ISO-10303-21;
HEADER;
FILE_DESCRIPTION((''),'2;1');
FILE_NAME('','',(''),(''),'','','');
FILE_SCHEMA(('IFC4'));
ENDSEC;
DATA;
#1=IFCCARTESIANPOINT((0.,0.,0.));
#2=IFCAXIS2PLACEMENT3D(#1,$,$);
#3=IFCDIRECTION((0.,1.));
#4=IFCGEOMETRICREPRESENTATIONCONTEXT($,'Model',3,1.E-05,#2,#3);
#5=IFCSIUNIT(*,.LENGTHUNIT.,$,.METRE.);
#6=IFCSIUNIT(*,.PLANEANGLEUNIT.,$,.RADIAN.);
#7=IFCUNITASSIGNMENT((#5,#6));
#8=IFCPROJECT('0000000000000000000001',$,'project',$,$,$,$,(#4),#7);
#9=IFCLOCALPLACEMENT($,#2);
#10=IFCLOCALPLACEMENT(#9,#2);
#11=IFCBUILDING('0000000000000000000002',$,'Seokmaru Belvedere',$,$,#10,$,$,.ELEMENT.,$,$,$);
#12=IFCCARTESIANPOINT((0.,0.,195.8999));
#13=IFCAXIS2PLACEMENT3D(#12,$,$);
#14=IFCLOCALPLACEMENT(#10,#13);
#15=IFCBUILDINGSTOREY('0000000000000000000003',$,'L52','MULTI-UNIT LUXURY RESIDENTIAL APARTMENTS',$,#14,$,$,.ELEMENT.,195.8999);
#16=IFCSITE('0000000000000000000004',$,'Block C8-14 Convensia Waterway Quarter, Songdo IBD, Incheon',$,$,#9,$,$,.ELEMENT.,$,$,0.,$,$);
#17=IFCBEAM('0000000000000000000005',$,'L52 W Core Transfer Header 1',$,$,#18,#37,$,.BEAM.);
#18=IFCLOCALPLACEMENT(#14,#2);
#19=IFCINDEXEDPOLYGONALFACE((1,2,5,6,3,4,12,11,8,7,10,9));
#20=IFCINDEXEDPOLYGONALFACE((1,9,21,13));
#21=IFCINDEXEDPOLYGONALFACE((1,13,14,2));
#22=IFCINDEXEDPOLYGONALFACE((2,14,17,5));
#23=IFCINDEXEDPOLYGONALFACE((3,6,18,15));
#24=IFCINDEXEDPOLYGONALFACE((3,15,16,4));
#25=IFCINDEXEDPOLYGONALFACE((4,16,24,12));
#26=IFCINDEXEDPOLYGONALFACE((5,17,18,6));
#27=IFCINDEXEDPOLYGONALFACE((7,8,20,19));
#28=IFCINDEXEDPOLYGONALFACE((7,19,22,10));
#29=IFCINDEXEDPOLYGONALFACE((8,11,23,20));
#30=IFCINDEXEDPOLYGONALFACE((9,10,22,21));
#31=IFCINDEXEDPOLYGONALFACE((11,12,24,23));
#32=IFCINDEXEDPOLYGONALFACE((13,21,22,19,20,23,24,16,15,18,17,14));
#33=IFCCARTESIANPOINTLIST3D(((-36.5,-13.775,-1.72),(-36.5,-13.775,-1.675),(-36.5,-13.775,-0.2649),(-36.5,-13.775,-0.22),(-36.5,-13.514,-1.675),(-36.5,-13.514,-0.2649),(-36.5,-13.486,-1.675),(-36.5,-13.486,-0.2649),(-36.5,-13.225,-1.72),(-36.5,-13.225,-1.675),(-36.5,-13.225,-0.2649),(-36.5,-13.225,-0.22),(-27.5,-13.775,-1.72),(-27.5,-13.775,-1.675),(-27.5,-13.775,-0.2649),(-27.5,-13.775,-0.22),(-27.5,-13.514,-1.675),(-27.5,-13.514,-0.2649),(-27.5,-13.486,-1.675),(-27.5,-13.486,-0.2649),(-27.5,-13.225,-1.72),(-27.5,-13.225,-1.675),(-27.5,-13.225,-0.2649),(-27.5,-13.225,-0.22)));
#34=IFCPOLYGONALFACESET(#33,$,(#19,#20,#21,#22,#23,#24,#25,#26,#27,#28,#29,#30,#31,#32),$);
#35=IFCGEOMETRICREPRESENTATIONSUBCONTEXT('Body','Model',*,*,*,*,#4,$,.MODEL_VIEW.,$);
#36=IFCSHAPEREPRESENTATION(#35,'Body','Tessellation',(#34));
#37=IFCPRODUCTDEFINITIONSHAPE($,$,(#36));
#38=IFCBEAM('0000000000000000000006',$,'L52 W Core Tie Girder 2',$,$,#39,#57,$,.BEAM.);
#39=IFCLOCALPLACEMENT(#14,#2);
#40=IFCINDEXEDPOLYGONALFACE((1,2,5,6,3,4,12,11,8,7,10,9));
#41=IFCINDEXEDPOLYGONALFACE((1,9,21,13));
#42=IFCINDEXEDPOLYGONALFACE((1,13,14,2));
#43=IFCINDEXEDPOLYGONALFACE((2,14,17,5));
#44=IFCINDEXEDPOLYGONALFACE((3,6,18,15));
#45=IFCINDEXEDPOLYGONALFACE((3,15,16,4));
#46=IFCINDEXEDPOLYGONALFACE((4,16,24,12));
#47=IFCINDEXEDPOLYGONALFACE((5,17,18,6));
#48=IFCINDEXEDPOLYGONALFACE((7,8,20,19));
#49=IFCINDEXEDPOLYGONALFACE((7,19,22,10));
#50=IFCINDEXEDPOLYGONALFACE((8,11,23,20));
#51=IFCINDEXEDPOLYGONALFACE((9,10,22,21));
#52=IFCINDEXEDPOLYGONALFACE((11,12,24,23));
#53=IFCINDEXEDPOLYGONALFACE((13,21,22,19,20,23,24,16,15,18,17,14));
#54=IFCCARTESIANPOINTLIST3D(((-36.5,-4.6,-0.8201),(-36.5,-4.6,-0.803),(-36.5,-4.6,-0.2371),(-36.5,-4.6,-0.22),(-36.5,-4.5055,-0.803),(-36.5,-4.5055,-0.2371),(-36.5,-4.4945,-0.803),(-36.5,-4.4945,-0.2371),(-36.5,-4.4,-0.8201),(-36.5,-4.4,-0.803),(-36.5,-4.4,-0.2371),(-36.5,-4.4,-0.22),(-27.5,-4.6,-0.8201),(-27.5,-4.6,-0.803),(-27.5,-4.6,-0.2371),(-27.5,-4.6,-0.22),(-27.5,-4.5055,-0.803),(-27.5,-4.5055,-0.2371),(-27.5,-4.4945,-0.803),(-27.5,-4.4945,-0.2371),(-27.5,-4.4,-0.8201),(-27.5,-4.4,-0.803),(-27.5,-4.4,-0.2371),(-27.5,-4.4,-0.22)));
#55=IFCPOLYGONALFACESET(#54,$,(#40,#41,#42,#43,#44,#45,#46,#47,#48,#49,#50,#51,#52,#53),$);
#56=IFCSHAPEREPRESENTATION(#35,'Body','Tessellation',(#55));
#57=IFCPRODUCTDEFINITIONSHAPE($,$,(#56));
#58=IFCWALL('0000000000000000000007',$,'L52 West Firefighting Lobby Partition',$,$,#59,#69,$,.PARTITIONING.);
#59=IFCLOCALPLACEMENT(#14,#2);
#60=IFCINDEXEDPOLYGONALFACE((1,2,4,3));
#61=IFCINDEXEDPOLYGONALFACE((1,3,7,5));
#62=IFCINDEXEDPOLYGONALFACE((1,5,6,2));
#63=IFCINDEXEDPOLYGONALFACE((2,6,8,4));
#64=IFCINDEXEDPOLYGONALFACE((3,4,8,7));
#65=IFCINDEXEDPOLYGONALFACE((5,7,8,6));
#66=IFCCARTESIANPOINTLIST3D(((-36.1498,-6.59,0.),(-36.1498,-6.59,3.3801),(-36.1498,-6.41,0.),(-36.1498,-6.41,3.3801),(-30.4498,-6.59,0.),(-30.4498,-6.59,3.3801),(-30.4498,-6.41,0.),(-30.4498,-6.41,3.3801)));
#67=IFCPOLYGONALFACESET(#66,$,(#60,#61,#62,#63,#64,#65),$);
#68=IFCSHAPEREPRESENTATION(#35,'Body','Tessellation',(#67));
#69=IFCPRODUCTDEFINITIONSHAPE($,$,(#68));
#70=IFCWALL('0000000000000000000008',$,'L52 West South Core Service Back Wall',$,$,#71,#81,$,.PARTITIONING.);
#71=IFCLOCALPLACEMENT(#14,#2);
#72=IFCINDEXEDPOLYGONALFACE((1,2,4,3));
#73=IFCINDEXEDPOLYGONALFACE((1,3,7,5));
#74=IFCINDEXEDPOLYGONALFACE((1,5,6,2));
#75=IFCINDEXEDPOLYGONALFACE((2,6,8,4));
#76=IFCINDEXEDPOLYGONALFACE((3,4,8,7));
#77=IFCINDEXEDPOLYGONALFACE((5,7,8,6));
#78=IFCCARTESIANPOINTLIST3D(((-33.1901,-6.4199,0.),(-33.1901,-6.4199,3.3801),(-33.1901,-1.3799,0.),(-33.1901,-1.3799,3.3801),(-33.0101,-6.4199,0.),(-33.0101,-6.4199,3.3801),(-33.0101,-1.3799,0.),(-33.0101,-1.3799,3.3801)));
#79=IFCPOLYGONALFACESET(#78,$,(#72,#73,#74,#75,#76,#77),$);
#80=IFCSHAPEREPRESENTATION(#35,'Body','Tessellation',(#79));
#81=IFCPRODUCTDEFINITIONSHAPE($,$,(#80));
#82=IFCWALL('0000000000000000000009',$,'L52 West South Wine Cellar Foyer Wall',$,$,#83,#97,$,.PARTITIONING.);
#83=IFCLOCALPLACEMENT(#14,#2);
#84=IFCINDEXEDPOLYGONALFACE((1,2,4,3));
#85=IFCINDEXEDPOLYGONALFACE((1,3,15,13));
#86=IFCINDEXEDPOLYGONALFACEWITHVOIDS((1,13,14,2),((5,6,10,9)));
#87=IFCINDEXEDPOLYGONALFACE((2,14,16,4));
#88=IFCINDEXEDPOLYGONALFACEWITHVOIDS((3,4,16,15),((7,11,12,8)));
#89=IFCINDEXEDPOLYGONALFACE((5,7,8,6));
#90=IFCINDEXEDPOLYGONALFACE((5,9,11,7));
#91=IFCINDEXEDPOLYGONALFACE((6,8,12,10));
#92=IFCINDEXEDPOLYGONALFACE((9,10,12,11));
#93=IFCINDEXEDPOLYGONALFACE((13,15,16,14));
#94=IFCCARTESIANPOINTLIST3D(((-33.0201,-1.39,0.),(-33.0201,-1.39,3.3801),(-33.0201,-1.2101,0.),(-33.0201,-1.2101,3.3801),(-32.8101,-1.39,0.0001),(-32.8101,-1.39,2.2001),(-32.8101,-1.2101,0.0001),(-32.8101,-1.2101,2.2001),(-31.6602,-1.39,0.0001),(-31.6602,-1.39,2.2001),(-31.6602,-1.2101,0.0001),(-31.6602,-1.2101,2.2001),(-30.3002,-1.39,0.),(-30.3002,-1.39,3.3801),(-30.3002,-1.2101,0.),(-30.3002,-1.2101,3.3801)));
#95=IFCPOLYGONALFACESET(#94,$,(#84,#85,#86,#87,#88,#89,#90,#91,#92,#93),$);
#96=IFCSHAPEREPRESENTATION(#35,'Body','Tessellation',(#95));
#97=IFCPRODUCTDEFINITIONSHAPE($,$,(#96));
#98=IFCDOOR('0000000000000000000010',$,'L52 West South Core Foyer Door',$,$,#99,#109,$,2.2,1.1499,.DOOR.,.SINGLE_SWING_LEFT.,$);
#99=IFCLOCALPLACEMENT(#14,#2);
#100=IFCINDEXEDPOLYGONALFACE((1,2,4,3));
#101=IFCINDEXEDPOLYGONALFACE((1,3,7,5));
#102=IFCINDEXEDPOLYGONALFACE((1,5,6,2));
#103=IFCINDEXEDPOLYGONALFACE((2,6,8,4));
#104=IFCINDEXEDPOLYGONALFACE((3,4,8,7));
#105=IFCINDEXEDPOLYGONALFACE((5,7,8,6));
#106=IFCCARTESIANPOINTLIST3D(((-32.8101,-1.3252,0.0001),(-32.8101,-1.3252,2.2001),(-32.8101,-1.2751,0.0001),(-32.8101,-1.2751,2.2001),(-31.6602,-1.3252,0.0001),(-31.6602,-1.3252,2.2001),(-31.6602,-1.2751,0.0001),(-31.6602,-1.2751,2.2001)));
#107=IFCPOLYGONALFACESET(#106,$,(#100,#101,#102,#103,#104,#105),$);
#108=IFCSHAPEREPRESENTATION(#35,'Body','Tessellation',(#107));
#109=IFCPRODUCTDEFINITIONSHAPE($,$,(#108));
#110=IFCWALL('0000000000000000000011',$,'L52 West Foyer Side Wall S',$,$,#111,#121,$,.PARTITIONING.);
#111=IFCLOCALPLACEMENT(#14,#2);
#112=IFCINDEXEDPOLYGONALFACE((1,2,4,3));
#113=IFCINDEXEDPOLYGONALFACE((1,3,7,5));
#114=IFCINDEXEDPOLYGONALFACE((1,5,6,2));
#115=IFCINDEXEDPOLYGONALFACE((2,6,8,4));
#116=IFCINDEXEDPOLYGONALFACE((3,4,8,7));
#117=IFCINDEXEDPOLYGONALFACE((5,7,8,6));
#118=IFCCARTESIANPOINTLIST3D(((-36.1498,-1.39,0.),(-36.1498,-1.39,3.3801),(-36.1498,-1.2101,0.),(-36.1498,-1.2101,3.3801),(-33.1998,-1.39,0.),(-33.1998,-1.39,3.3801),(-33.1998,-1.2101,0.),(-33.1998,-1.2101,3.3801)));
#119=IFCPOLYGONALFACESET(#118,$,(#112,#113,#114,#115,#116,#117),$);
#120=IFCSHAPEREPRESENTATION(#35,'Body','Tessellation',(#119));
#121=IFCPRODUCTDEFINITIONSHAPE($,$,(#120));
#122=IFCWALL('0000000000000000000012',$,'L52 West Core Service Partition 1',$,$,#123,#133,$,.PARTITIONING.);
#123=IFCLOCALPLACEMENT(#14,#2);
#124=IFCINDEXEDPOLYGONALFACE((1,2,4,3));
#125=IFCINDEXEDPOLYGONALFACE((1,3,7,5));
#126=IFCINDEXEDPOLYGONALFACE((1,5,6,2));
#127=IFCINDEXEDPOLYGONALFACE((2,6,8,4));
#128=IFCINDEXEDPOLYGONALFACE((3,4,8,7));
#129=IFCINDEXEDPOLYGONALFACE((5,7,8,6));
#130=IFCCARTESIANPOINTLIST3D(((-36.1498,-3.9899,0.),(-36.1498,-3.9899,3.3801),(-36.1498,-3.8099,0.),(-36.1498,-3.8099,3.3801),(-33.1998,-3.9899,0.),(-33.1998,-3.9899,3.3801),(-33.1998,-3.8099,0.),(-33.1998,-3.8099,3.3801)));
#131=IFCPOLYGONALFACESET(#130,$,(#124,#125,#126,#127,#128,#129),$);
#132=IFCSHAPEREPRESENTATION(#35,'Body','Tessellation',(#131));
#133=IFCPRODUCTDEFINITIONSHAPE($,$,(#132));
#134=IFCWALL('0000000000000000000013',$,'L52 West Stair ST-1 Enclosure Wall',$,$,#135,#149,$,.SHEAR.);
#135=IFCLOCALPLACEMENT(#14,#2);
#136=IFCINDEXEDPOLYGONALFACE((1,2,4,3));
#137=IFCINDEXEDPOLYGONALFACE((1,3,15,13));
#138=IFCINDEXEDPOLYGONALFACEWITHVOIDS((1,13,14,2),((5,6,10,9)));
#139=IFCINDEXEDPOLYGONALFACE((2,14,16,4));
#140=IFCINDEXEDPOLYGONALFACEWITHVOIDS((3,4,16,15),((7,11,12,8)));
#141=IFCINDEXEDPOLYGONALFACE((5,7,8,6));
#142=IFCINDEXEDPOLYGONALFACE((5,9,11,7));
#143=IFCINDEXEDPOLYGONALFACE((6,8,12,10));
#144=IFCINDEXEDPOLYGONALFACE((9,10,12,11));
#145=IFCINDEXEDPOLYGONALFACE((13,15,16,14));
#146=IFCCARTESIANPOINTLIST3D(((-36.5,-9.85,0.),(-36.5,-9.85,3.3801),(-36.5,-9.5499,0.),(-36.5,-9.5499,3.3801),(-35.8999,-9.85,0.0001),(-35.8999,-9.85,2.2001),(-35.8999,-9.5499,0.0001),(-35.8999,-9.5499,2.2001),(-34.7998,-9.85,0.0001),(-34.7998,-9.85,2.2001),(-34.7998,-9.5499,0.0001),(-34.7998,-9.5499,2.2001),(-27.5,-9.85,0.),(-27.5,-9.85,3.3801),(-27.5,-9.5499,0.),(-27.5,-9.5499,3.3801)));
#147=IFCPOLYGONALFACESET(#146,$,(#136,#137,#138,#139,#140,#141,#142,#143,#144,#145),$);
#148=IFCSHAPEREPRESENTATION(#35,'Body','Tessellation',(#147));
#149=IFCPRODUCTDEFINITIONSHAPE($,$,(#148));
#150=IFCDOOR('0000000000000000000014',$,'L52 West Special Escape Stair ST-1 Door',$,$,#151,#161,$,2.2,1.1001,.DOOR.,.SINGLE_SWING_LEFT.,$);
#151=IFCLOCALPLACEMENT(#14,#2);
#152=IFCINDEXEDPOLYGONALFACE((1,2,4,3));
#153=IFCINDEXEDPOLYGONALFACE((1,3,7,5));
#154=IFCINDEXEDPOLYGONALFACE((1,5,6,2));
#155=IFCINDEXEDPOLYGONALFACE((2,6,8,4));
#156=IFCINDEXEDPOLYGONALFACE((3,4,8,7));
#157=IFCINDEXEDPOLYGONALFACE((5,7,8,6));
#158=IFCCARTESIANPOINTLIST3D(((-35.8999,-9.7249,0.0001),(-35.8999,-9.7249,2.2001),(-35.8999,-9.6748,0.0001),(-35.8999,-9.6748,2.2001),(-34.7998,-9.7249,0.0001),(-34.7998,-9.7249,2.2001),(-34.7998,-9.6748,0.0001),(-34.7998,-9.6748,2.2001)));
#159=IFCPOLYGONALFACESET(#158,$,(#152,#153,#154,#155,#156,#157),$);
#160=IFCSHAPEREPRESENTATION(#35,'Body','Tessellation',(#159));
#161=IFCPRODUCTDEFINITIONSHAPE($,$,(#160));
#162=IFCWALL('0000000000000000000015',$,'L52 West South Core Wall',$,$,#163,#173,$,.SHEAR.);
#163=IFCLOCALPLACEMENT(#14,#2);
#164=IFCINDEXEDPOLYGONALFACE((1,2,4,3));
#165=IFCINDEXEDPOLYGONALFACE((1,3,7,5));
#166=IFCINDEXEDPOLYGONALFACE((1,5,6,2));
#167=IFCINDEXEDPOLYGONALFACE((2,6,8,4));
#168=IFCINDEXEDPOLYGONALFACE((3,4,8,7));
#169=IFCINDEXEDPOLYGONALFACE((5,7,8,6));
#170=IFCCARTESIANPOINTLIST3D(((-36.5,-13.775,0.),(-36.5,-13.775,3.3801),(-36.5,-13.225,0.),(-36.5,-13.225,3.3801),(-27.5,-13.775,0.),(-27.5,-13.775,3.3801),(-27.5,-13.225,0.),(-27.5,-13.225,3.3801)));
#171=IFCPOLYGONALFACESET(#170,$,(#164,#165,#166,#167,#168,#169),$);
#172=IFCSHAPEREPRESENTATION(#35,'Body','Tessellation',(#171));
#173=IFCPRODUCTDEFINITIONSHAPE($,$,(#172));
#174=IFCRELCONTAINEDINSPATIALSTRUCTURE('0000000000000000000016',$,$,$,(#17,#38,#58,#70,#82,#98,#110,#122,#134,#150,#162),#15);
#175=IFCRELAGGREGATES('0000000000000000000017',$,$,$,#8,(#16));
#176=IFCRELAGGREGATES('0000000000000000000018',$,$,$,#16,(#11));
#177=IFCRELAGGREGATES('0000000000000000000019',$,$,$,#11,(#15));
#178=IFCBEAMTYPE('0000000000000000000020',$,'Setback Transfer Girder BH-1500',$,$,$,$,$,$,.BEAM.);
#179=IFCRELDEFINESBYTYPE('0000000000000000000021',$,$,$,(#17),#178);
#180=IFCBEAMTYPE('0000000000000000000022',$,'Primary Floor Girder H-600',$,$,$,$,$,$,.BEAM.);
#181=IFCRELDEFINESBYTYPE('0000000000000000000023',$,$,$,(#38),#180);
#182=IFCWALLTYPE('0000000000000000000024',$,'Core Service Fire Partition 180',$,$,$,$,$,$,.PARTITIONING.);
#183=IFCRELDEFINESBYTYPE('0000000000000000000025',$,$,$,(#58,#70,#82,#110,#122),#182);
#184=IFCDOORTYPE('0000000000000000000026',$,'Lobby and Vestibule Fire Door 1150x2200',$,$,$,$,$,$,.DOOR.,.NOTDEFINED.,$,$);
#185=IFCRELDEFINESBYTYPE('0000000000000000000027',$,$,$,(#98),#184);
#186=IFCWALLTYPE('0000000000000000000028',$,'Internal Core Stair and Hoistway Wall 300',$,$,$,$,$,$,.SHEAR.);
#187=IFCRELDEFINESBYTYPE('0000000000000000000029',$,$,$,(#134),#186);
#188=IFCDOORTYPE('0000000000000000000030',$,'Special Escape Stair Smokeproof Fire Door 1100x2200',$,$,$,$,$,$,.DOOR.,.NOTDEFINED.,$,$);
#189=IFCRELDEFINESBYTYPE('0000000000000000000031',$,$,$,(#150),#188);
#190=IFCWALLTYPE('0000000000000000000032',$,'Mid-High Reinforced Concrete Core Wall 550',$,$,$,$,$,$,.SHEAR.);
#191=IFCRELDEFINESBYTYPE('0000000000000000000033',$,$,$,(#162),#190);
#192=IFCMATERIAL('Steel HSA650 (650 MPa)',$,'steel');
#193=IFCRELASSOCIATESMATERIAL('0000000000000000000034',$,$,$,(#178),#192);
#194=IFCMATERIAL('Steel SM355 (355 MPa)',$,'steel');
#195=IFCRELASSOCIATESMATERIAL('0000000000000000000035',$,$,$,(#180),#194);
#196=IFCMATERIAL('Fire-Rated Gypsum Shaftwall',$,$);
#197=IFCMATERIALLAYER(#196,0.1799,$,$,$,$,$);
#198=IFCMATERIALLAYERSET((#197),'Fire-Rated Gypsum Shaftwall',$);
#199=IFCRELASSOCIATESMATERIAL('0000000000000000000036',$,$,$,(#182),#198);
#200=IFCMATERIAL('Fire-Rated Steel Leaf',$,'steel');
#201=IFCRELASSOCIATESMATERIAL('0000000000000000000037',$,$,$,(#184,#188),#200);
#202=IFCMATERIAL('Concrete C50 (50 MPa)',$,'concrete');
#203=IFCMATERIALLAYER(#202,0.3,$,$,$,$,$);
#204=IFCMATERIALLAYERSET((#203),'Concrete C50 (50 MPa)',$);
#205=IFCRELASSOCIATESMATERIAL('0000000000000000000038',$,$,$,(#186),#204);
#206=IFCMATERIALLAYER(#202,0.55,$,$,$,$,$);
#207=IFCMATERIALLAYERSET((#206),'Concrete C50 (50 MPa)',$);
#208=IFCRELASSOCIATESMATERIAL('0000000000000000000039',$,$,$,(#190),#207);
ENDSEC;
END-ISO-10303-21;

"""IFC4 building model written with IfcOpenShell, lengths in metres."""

from ifc_helpers import new_model, si_unit, direction, frame, frame_2d, origin, origin_2d, place, context, subcontext, project, spatial, rectangle, i_section, extrude, source, transform, mapped, material, layer, layer_set, material_profile, profile_set, type_object, type_shapes, element, fill, save


model = new_model("IFC4")

# Units and contexts
model_context = context("Model", 3, precision=1e-05, world=origin(), true_north=direction((0.0, 1.0)))
body_context = subcontext(model_context, "Body", "Model", "MODEL_VIEW")
ifc_project = project(units=[si_unit("LENGTHUNIT", "METRE"), si_unit("PLANEANGLEUNIT", "RADIAN")], contexts=[model_context])

# Site, building, storey
site_placement = place(None, origin())
site = spatial("IfcSite", under=ifc_project, at=site_placement, Name="Block C8-14 Convensia Waterway Quarter, Songdo IBD, Incheon", CompositionType="ELEMENT", RefElevation=0.0)
building_placement = place(site_placement, origin())
building = spatial("IfcBuilding", under=site, at=building_placement, Name="Seokmaru Belvedere", CompositionType="ELEMENT")
storey_placement = place(building_placement, frame((0.0, 0.0, 195.8999)))
storey = spatial("IfcBuildingStorey", under=building, at=storey_placement, Name="L52", Description="MULTI-UNIT LUXURY RESIDENTIAL APARTMENTS", CompositionType="ELEMENT", Elevation=195.8999)

# Beams
ifc_material_1 = material(Name="Steel HSA650 (650 MPa)", Category="steel")
ifc_material_profile_1 = material_profile(ifc_material_1, i_section(OverallWidth=0.55, OverallDepth=1.5, WebThickness=0.0281, FlangeThickness=0.0449, at=origin_2d()), Name="BH-1500x550x28x45")
ifc_profile_set_1 = profile_set([ifc_material_profile_1], Name="Steel HSA650 (650 MPa)")
beam_type_1 = type_object("IfcBeamType", Name="Setback Transfer Girder BH-1500", PredefinedType="BEAM", material=ifc_profile_set_1)
shared_shape_1 = source(origin(), body_context, "Body", "SweptSolid", [
    extrude(i_section(OverallWidth=0.55, OverallDepth=1.5, WebThickness=0.0281, FlangeThickness=0.0449, at=origin_2d()), origin(), (0.0, 0.0, 1.0), 9.0),
])
type_shapes(beam_type_1, [shared_shape_1])
beam_1_placement = place(storey_placement, frame((-36.5, -13.5, -0.97), z_axis=(1.0, 0.0, 0.0), x_axis=(0.0, 1.0, 0.0)))
element("IfcBeam", 1, at=beam_1_placement, inside=storey, type_object=beam_type_1, Name="L52 W Core Transfer Header 1", PredefinedType="BEAM", context=body_context, shape_type="MappedRepresentation", body=[
    mapped(shared_shape_1, transform((0.0, 0.0, 0.0), scale=1.0)),
])
ifc_material_2 = material(Name="Steel SM355 (355 MPa)", Category="steel")
ifc_material_profile_2 = material_profile(ifc_material_2, i_section(OverallWidth=0.2, OverallDepth=0.6001, WebThickness=0.011, FlangeThickness=0.0171, at=origin_2d()), Name="H-600x200x11x17")
ifc_profile_set_2 = profile_set([ifc_material_profile_2], Name="Steel SM355 (355 MPa)")
beam_type_2 = type_object("IfcBeamType", Name="Primary Floor Girder H-600", PredefinedType="BEAM", material=ifc_profile_set_2)
shared_shape_2 = source(origin(), body_context, "Body", "SweptSolid", [
    extrude(i_section(OverallWidth=0.2, OverallDepth=0.6001, WebThickness=0.011, FlangeThickness=0.0171, at=origin_2d()), origin(), (0.0, 0.0, 1.0), 9.0),
])
type_shapes(beam_type_2, [shared_shape_2])
beam_2_placement = place(storey_placement, frame((-36.5, -4.5, -0.52), z_axis=(1.0, 0.0, 0.0), x_axis=(0.0, 1.0, 0.0)))
element("IfcBeam", 2, at=beam_2_placement, inside=storey, type_object=beam_type_2, Name="L52 W Core Tie Girder 2", PredefinedType="BEAM", context=body_context, shape_type="MappedRepresentation", body=[
    mapped(shared_shape_2, transform((0.0, 0.0, 0.0), scale=1.0)),
])

# Walls
ifc_material_3 = material(Name="Fire-Rated Gypsum Shaftwall")
ifc_layer_1 = layer(ifc_material_3, 0.1799)
ifc_layer_set_1 = layer_set([ifc_layer_1], Name="Fire-Rated Gypsum Shaftwall")
wall_type_1 = type_object("IfcWallType", Name="Core Service Fire Partition 180", PredefinedType="PARTITIONING", material=ifc_layer_set_1)
wall_1_placement = place(storey_placement, frame((-36.1499, -6.5, 0.0), z_axis=(0.0, 0.0, 1.0), x_axis=(1.0, 0.0, 0.0)))
element("IfcWall", 3, at=wall_1_placement, inside=storey, type_object=wall_type_1, Name="L52 West Firefighting Lobby Partition", PredefinedType="PARTITIONING", context=body_context, shape_type="SweptSolid", body=[
    extrude(rectangle(XDim=5.7, YDim=0.1799, at=frame_2d((2.8501, 0.0))), origin(), (0.0, 0.0, 1.0), 3.3801),
])
wall_2_placement = place(storey_placement, frame((-33.1001, -6.4199, 0.0), z_axis=(0.0, 0.0, 1.0), x_axis=(0.0, 1.0, 0.0)))
element("IfcWall", 4, at=wall_2_placement, inside=storey, type_object=wall_type_1, Name="L52 West South Core Service Back Wall", PredefinedType="PARTITIONING", context=body_context, shape_type="SweptSolid", body=[
    extrude(rectangle(XDim=5.04, YDim=0.1799, at=frame_2d((2.52, 0.0))), origin(), (0.0, 0.0, 1.0), 3.3801),
])

# Wall, opening, door
wall_3_placement = place(storey_placement, frame((-33.02, -1.3, 0.0), z_axis=(0.0, 0.0, 1.0), x_axis=(1.0, 0.0, 0.0)))
wall_3 = element("IfcWall", 5, at=wall_3_placement, inside=storey, type_object=wall_type_1, Name="L52 West South Wine Cellar Foyer Wall", PredefinedType="PARTITIONING", context=body_context, shape_type="SweptSolid", body=[
    extrude(rectangle(XDim=2.72, YDim=0.1799, at=frame_2d((1.3599, 0.0))), origin(), (0.0, 0.0, 1.0), 3.3801),
])
opening_1_placement = place(wall_3_placement, frame((0.21, 0.0, 0.0)))
opening_1 = element("IfcOpeningElement", 6, at=opening_1_placement, cuts=wall_3, PredefinedType="OPENING", context=body_context, shape_type="SweptSolid", body=[
    extrude(rectangle(XDim=1.1499, YDim=2.2, at=frame_2d((0.575, 1.1001))), frame((0.0, 0.1001, 0.0), z_axis=(0.0, -1.0, 0.0), x_axis=(1.0, 0.0, 0.0)), (0.0, 0.0, 1.0), 0.2),
])
ifc_material_4 = material(Name="Fire-Rated Steel Leaf", Category="steel")
door_type_1 = type_object("IfcDoorType", Name="Lobby and Vestibule Fire Door 1150x2200", OperationType="NOTDEFINED", PredefinedType="DOOR", material=ifc_material_4)
shared_shape_3 = source(origin(), body_context, "Body", "SweptSolid", [
    extrude(rectangle(XDim=1.1499, YDim=2.2, at=frame_2d((0.575, 1.1001))), frame((0.0, 0.0249, 0.0), z_axis=(0.0, -1.0, 0.0), x_axis=(1.0, 0.0, 0.0)), (0.0, 0.0, 1.0), 0.05),
])
type_shapes(door_type_1, [shared_shape_3])
door_1_placement = place(opening_1_placement, origin())
door_1 = element("IfcDoor", 7, at=door_1_placement, inside=storey, type_object=door_type_1, Name="L52 West South Core Foyer Door", OperationType="SINGLE_SWING_LEFT", OverallHeight=2.2, OverallWidth=1.1499, PredefinedType="DOOR", context=body_context, shape_type="MappedRepresentation", body=[
    mapped(shared_shape_3, transform((0.0, 0.0, 0.0), scale=1.0)),
])
fill(opening_1, door_1)

# Walls
for number, where, z_axis, x_axis, name in (
    (8, (-36.1499, -1.3, 0.0), (0.0, 0.0, 1.0), (1.0, 0.0, 0.0), "L52 West Foyer Side Wall S"),
    (9, (-36.1499, -3.8999, 0.0), (0.0, 0.0, 1.0), (1.0, 0.0, 0.0), "L52 West Core Service Partition 1"),
):
    element("IfcWall", number, at=place(storey_placement, frame(where, z_axis=z_axis, x_axis=x_axis)), inside=storey, type_object=wall_type_1, Name=name, PredefinedType="PARTITIONING", context=body_context, shape_type="SweptSolid", body=[
        extrude(rectangle(XDim=2.95, YDim=0.1799, at=frame_2d((1.4751, 0.0))), origin(), (0.0, 0.0, 1.0), 3.3801),
    ])

# Wall, opening, door
ifc_material_5 = material(Name="Concrete C50 (50 MPa)", Category="concrete")
ifc_layer_2 = layer(ifc_material_5, 0.3)
ifc_layer_set_2 = layer_set([ifc_layer_2], Name="Concrete C50 (50 MPa)")
wall_type_2 = type_object("IfcWallType", Name="Internal Core Stair and Hoistway Wall 300", PredefinedType="SHEAR", material=ifc_layer_set_2)
wall_4_placement = place(storey_placement, frame((-36.5, -9.7, 0.0), z_axis=(0.0, 0.0, 1.0), x_axis=(1.0, 0.0, 0.0)))
wall_4 = element("IfcWall", 10, at=wall_4_placement, inside=storey, type_object=wall_type_2, Name="L52 West Stair ST-1 Enclosure Wall", PredefinedType="SHEAR", context=body_context, shape_type="SweptSolid", body=[
    extrude(rectangle(XDim=9.0, YDim=0.3, at=frame_2d((4.5, 0.0))), origin(), (0.0, 0.0, 1.0), 3.3801),
])
opening_2_placement = place(wall_4_placement, frame((0.6001, 0.0, 0.0)))
opening_2 = element("IfcOpeningElement", 11, at=opening_2_placement, cuts=wall_4, PredefinedType="OPENING", context=body_context, shape_type="SweptSolid", body=[
    extrude(rectangle(XDim=1.1001, YDim=2.2, at=frame_2d((0.55, 1.1001))), frame((0.0, 0.1602, 0.0), z_axis=(0.0, -1.0, 0.0), x_axis=(1.0, 0.0, 0.0)), (0.0, 0.0, 1.0), 0.3201),
])
door_type_2 = type_object("IfcDoorType", Name="Special Escape Stair Smokeproof Fire Door 1100x2200", OperationType="NOTDEFINED", PredefinedType="DOOR", material=ifc_material_4)
shared_shape_4 = source(origin(), body_context, "Body", "SweptSolid", [
    extrude(rectangle(XDim=1.1001, YDim=2.2, at=frame_2d((0.55, 1.1001))), frame((0.0, 0.0249, 0.0), z_axis=(0.0, -1.0, 0.0), x_axis=(1.0, 0.0, 0.0)), (0.0, 0.0, 1.0), 0.05),
])
type_shapes(door_type_2, [shared_shape_4])
door_2_placement = place(opening_2_placement, frame((1.1001, 0.0, 0.0), z_axis=(0.0, 0.0, 1.0), x_axis=(-1.0, 0.0, 0.0)))
door_2 = element("IfcDoor", 12, at=door_2_placement, inside=storey, type_object=door_type_2, Name="L52 West Special Escape Stair ST-1 Door", OperationType="SINGLE_SWING_LEFT", OverallHeight=2.2, OverallWidth=1.1001, PredefinedType="DOOR", context=body_context, shape_type="MappedRepresentation", body=[
    mapped(shared_shape_4, transform((0.0, 0.0, 0.0), scale=1.0)),
])
fill(opening_2, door_2)

# Wall
ifc_layer_3 = layer(ifc_material_5, 0.55)
ifc_layer_set_3 = layer_set([ifc_layer_3], Name="Concrete C50 (50 MPa)")
wall_type_3 = type_object("IfcWallType", Name="Mid-High Reinforced Concrete Core Wall 550", PredefinedType="SHEAR", material=ifc_layer_set_3)
wall_5_placement = place(storey_placement, frame((-36.5, -13.5, 0.0), z_axis=(0.0, 0.0, 1.0), x_axis=(1.0, 0.0, 0.0)))
element("IfcWall", 13, at=wall_5_placement, inside=storey, type_object=wall_type_3, Name="L52 West South Core Wall", PredefinedType="SHEAR", context=body_context, shape_type="SweptSolid", body=[
    extrude(rectangle(XDim=9.0, YDim=0.55, at=frame_2d((4.5, 0.0))), origin(), (0.0, 0.0, 1.0), 3.3801),
])

save(model, "model.ifc")
